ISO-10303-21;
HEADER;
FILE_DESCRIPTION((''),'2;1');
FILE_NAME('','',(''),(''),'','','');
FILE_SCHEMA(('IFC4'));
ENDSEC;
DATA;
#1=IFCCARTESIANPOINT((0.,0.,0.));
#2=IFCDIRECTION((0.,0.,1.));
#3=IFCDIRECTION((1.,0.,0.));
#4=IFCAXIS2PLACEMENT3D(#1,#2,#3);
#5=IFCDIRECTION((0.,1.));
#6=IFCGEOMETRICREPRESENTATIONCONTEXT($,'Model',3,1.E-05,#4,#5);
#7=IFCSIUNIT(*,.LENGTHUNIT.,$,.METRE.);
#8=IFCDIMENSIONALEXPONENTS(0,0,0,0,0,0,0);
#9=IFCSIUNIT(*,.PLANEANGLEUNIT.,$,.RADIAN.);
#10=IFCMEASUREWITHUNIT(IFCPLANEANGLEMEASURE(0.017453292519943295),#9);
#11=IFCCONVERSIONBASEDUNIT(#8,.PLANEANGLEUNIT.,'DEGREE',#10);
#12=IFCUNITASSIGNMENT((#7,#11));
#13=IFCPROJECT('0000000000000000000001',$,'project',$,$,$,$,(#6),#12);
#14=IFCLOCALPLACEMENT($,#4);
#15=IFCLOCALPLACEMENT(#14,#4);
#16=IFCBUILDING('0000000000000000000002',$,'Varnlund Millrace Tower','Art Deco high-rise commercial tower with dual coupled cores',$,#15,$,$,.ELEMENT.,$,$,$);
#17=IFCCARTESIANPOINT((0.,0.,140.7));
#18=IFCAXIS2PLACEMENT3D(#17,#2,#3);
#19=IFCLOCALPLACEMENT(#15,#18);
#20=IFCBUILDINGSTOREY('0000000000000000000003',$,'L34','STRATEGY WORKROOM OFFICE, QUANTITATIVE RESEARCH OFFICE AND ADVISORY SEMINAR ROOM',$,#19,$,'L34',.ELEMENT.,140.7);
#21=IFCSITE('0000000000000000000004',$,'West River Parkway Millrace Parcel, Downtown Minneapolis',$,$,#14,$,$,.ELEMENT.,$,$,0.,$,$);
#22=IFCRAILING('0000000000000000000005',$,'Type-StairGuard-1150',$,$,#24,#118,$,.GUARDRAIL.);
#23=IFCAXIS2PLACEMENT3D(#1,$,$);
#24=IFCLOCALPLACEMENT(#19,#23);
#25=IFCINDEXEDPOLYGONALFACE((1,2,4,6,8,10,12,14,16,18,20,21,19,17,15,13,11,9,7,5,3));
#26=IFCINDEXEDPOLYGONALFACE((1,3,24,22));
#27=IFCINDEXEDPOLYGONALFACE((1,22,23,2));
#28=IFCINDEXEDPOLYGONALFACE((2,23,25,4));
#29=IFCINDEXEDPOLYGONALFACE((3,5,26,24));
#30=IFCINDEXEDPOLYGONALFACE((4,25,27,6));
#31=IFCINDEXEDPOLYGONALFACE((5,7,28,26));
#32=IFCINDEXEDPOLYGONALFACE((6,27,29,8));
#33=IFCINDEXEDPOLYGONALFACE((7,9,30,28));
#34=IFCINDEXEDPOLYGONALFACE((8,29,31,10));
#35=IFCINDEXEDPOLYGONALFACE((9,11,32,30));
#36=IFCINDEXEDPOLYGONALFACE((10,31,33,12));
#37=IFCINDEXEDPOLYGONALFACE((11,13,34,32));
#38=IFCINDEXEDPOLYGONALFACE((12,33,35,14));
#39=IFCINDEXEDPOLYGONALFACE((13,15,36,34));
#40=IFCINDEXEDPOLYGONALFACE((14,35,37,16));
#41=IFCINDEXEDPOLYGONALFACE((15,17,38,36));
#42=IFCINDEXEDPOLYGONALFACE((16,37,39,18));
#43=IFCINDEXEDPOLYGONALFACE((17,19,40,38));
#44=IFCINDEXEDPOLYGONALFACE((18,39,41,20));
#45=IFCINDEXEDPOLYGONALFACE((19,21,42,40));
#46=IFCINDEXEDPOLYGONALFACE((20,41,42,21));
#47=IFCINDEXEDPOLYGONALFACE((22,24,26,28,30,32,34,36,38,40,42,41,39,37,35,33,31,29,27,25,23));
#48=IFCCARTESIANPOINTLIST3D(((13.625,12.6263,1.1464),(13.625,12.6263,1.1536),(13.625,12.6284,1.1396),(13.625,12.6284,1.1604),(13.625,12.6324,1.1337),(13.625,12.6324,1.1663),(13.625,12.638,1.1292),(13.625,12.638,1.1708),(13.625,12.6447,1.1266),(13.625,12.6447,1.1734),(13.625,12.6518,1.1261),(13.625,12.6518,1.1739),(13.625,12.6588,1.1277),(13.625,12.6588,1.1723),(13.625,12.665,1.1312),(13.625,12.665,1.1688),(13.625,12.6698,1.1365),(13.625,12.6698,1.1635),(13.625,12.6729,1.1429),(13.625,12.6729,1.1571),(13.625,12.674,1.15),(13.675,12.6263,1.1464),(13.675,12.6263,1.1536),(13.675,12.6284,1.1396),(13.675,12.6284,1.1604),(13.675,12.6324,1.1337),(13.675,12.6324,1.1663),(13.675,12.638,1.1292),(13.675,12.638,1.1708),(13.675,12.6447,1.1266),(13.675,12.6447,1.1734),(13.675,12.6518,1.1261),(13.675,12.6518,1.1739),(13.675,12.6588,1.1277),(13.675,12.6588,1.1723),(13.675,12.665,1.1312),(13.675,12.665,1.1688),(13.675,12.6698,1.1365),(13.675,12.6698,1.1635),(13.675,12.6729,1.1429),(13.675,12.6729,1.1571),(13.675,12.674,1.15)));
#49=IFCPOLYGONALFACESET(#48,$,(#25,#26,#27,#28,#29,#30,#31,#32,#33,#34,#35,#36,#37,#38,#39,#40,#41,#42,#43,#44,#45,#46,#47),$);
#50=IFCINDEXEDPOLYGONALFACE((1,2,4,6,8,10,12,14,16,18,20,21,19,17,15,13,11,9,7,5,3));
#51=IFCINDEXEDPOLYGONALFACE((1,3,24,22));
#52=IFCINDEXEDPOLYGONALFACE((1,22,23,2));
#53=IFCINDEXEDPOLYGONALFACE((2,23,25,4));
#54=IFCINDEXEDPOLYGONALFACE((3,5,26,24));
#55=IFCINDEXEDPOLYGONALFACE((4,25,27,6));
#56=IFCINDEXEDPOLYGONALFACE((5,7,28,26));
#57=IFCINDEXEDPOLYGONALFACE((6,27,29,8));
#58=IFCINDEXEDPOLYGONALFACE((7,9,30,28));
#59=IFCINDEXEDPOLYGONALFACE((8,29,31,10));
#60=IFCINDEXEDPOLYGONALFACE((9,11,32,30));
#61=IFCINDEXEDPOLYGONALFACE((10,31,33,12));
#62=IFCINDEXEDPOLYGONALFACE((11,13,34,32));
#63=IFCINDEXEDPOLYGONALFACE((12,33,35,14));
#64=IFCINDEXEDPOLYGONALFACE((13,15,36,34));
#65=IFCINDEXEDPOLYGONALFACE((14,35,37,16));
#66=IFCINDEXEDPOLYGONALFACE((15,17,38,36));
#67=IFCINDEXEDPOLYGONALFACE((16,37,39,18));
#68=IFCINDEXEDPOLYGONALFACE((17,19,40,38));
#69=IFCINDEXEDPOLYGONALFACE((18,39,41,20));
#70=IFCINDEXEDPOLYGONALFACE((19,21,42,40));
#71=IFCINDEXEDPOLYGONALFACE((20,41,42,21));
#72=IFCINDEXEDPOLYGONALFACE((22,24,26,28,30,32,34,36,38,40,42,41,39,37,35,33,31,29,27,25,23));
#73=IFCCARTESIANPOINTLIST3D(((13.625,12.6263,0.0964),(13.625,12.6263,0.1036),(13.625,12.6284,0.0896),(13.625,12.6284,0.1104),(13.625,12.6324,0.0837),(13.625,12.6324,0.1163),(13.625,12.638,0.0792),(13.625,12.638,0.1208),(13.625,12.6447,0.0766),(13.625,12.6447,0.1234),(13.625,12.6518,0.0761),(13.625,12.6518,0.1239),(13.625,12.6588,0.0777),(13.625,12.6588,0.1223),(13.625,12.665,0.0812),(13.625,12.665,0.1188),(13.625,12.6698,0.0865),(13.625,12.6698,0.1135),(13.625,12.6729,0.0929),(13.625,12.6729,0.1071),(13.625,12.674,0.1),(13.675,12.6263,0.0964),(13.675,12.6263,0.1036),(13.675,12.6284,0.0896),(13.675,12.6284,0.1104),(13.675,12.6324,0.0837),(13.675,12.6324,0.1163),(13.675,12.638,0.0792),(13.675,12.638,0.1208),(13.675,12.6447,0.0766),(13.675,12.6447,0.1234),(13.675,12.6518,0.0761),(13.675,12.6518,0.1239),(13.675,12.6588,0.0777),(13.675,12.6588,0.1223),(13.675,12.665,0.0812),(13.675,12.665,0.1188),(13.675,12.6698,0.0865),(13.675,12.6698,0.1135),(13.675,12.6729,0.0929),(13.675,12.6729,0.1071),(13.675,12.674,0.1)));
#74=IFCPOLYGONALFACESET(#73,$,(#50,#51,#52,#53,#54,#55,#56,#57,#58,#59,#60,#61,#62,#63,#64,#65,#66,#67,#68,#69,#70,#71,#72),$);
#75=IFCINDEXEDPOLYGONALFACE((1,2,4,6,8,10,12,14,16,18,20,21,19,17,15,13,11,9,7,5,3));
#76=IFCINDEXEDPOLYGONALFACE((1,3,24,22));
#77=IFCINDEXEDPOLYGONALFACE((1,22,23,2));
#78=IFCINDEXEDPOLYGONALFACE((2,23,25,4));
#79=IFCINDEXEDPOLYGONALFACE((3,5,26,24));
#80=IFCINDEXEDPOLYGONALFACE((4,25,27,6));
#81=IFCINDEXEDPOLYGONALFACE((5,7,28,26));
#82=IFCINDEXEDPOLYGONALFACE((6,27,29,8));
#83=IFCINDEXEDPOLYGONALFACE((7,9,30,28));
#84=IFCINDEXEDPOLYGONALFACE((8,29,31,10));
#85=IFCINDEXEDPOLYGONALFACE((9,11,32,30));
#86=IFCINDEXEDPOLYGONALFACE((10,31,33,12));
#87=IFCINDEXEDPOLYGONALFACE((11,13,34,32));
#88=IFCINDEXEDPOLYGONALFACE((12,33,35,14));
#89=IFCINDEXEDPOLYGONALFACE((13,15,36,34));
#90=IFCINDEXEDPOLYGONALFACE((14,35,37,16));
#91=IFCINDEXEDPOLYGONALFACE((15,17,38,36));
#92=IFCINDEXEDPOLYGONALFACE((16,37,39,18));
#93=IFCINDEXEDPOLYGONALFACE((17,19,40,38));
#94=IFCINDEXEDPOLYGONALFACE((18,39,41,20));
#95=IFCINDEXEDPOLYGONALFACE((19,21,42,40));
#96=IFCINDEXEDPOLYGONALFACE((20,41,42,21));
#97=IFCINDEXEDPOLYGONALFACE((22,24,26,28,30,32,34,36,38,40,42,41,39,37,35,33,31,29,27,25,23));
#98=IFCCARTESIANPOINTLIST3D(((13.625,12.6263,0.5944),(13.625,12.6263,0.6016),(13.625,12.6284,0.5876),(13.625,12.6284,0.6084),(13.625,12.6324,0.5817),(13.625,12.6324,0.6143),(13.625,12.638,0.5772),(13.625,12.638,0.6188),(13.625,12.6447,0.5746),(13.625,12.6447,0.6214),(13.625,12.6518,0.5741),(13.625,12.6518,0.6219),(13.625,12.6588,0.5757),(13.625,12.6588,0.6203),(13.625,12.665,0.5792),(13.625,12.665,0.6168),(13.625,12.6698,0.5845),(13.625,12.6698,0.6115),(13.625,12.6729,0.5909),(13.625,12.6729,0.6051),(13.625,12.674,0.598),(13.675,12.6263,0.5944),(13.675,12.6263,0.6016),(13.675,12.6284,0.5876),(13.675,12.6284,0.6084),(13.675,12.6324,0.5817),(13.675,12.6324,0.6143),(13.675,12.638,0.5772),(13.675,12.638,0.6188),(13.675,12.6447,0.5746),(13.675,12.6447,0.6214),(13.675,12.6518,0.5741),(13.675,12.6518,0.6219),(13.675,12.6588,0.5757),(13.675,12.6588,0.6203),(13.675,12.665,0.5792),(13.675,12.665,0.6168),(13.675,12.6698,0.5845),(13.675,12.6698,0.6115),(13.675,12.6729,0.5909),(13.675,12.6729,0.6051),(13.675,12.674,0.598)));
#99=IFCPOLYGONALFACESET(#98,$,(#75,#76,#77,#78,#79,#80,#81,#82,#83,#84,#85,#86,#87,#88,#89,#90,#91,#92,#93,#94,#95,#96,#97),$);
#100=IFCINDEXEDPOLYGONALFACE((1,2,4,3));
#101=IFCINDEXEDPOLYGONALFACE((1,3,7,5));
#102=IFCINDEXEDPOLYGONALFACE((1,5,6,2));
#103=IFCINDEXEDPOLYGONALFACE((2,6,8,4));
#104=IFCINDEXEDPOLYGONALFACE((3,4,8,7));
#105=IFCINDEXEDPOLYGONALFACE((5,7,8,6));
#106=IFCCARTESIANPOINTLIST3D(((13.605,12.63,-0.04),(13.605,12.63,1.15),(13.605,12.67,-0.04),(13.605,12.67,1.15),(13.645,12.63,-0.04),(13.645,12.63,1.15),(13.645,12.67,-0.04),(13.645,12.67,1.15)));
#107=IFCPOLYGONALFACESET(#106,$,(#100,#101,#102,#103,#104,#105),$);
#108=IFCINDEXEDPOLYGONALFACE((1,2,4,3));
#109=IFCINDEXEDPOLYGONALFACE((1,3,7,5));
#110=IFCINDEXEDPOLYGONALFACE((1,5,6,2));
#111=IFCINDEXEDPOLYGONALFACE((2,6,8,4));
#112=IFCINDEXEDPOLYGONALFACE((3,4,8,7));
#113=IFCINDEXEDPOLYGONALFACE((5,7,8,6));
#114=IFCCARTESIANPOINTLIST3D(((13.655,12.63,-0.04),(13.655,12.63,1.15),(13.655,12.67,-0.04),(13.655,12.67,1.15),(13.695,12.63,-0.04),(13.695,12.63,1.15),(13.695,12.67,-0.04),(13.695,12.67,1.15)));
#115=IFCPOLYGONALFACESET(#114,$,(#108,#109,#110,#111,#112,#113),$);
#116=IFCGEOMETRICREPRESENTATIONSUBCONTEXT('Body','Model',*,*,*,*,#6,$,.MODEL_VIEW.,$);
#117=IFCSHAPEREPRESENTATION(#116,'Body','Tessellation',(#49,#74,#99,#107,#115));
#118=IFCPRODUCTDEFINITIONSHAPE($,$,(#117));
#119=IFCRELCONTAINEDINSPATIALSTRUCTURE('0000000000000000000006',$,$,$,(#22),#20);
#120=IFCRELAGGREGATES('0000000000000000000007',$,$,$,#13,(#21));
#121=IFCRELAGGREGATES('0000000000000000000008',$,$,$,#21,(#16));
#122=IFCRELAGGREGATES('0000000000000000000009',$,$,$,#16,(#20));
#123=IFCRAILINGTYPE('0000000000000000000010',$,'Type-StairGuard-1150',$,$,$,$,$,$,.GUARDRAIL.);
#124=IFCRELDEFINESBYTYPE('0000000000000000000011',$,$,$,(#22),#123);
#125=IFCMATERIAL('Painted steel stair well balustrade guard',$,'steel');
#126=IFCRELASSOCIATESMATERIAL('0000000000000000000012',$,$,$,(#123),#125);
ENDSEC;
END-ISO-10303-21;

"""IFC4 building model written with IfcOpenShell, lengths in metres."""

from ifc_helpers import new_model, entity, si_unit, converted_unit, direction, frame, origin_with_axes, origin_2d_with_axis, place, context, subcontext, project, spatial, rectangle, circle, extrude, material, type_object, element, save


model = new_model("IFC4")

# Units and contexts
model_context = context("Model", 3, precision=1e-05, world=origin_with_axes(), true_north=direction((0.0, 1.0)))
body_context = subcontext(model_context, "Body", "Model", "MODEL_VIEW")
ifc_project = project(units=[si_unit("LENGTHUNIT", "METRE"), converted_unit("PLANEANGLEUNIT", "DEGREE", entity("IfcPlaneAngleMeasure", 0.017453292519943295), si_unit("PLANEANGLEUNIT", "RADIAN"), dimensions=[0, 0, 0, 0, 0, 0, 0])], contexts=[model_context])

# Site, building, storey
site_placement = place(None, origin_with_axes())
site = spatial("IfcSite", under=ifc_project, at=site_placement, Name="West River Parkway Millrace Parcel, Downtown Minneapolis", CompositionType="ELEMENT", RefElevation=0.0)
building_placement = place(site_placement, origin_with_axes())
building = spatial("IfcBuilding", under=site, at=building_placement, Name="Varnlund Millrace Tower", Description="Art Deco high-rise commercial tower with dual coupled cores", CompositionType="ELEMENT")
storey_placement = place(building_placement, frame((0.0, 0.0, 140.7), z_axis=(0.0, 0.0, 1.0), x_axis=(1.0, 0.0, 0.0)))
storey = spatial("IfcBuildingStorey", under=building, at=storey_placement, Name="L34", Description="STRATEGY WORKROOM OFFICE, QUANTITATIVE RESEARCH OFFICE AND ADVISORY SEMINAR ROOM", LongName="L34", CompositionType="ELEMENT", Elevation=140.7)

# Railing
ifc_material_1 = material(Name="Painted steel stair well balustrade guard", Category="steel")
railing_type_1 = type_object("IfcRailingType", Name="Type-StairGuard-1150", PredefinedType="GUARDRAIL", material=ifc_material_1)
railing_1_placement = place(storey_placement, frame((0.0, 0.0, -140.7), z_axis=(0.0, 0.0, 1.0), x_axis=(1.0, 0.0, 0.0)))
element("IfcRailing", 1, at=railing_1_placement, inside=storey, type_object=railing_type_1, Name="Type-StairGuard-1150", PredefinedType="GUARDRAIL", context=body_context, shape_type="SweptSolid", body=[
    extrude(circle(Radius=0.024, at=origin_2d_with_axis()), frame((13.625, 12.65, 141.85), z_axis=(1.0, 0.0, 0.0), x_axis=(0.0, 1.0, 0.0)), (0.0, 0.0, 1.0), 0.05),
    extrude(circle(Radius=0.024, at=origin_2d_with_axis()), frame((13.625, 12.65, 140.8), z_axis=(1.0, 0.0, 0.0), x_axis=(0.0, 1.0, 0.0)), (0.0, 0.0, 1.0), 0.05),
    extrude(circle(Radius=0.024, at=origin_2d_with_axis()), frame((13.625, 12.65, 141.298), z_axis=(1.0, 0.0, 0.0), x_axis=(0.0, 1.0, 0.0)), (0.0, 0.0, 1.0), 0.05),
    extrude(rectangle(XDim=0.04, YDim=0.04, at=origin_2d_with_axis()), frame((13.625, 12.65, 140.66), z_axis=(0.0, 0.0, 1.0), x_axis=(1.0, 0.0, 0.0)), (0.0, 0.0, 1.0), 1.19),
    extrude(rectangle(XDim=0.04, YDim=0.04, at=origin_2d_with_axis()), frame((13.675, 12.65, 140.66), z_axis=(0.0, 0.0, 1.0), x_axis=(1.0, 0.0, 0.0)), (0.0, 0.0, 1.0), 1.19),
])

save(model, "model.ifc")
